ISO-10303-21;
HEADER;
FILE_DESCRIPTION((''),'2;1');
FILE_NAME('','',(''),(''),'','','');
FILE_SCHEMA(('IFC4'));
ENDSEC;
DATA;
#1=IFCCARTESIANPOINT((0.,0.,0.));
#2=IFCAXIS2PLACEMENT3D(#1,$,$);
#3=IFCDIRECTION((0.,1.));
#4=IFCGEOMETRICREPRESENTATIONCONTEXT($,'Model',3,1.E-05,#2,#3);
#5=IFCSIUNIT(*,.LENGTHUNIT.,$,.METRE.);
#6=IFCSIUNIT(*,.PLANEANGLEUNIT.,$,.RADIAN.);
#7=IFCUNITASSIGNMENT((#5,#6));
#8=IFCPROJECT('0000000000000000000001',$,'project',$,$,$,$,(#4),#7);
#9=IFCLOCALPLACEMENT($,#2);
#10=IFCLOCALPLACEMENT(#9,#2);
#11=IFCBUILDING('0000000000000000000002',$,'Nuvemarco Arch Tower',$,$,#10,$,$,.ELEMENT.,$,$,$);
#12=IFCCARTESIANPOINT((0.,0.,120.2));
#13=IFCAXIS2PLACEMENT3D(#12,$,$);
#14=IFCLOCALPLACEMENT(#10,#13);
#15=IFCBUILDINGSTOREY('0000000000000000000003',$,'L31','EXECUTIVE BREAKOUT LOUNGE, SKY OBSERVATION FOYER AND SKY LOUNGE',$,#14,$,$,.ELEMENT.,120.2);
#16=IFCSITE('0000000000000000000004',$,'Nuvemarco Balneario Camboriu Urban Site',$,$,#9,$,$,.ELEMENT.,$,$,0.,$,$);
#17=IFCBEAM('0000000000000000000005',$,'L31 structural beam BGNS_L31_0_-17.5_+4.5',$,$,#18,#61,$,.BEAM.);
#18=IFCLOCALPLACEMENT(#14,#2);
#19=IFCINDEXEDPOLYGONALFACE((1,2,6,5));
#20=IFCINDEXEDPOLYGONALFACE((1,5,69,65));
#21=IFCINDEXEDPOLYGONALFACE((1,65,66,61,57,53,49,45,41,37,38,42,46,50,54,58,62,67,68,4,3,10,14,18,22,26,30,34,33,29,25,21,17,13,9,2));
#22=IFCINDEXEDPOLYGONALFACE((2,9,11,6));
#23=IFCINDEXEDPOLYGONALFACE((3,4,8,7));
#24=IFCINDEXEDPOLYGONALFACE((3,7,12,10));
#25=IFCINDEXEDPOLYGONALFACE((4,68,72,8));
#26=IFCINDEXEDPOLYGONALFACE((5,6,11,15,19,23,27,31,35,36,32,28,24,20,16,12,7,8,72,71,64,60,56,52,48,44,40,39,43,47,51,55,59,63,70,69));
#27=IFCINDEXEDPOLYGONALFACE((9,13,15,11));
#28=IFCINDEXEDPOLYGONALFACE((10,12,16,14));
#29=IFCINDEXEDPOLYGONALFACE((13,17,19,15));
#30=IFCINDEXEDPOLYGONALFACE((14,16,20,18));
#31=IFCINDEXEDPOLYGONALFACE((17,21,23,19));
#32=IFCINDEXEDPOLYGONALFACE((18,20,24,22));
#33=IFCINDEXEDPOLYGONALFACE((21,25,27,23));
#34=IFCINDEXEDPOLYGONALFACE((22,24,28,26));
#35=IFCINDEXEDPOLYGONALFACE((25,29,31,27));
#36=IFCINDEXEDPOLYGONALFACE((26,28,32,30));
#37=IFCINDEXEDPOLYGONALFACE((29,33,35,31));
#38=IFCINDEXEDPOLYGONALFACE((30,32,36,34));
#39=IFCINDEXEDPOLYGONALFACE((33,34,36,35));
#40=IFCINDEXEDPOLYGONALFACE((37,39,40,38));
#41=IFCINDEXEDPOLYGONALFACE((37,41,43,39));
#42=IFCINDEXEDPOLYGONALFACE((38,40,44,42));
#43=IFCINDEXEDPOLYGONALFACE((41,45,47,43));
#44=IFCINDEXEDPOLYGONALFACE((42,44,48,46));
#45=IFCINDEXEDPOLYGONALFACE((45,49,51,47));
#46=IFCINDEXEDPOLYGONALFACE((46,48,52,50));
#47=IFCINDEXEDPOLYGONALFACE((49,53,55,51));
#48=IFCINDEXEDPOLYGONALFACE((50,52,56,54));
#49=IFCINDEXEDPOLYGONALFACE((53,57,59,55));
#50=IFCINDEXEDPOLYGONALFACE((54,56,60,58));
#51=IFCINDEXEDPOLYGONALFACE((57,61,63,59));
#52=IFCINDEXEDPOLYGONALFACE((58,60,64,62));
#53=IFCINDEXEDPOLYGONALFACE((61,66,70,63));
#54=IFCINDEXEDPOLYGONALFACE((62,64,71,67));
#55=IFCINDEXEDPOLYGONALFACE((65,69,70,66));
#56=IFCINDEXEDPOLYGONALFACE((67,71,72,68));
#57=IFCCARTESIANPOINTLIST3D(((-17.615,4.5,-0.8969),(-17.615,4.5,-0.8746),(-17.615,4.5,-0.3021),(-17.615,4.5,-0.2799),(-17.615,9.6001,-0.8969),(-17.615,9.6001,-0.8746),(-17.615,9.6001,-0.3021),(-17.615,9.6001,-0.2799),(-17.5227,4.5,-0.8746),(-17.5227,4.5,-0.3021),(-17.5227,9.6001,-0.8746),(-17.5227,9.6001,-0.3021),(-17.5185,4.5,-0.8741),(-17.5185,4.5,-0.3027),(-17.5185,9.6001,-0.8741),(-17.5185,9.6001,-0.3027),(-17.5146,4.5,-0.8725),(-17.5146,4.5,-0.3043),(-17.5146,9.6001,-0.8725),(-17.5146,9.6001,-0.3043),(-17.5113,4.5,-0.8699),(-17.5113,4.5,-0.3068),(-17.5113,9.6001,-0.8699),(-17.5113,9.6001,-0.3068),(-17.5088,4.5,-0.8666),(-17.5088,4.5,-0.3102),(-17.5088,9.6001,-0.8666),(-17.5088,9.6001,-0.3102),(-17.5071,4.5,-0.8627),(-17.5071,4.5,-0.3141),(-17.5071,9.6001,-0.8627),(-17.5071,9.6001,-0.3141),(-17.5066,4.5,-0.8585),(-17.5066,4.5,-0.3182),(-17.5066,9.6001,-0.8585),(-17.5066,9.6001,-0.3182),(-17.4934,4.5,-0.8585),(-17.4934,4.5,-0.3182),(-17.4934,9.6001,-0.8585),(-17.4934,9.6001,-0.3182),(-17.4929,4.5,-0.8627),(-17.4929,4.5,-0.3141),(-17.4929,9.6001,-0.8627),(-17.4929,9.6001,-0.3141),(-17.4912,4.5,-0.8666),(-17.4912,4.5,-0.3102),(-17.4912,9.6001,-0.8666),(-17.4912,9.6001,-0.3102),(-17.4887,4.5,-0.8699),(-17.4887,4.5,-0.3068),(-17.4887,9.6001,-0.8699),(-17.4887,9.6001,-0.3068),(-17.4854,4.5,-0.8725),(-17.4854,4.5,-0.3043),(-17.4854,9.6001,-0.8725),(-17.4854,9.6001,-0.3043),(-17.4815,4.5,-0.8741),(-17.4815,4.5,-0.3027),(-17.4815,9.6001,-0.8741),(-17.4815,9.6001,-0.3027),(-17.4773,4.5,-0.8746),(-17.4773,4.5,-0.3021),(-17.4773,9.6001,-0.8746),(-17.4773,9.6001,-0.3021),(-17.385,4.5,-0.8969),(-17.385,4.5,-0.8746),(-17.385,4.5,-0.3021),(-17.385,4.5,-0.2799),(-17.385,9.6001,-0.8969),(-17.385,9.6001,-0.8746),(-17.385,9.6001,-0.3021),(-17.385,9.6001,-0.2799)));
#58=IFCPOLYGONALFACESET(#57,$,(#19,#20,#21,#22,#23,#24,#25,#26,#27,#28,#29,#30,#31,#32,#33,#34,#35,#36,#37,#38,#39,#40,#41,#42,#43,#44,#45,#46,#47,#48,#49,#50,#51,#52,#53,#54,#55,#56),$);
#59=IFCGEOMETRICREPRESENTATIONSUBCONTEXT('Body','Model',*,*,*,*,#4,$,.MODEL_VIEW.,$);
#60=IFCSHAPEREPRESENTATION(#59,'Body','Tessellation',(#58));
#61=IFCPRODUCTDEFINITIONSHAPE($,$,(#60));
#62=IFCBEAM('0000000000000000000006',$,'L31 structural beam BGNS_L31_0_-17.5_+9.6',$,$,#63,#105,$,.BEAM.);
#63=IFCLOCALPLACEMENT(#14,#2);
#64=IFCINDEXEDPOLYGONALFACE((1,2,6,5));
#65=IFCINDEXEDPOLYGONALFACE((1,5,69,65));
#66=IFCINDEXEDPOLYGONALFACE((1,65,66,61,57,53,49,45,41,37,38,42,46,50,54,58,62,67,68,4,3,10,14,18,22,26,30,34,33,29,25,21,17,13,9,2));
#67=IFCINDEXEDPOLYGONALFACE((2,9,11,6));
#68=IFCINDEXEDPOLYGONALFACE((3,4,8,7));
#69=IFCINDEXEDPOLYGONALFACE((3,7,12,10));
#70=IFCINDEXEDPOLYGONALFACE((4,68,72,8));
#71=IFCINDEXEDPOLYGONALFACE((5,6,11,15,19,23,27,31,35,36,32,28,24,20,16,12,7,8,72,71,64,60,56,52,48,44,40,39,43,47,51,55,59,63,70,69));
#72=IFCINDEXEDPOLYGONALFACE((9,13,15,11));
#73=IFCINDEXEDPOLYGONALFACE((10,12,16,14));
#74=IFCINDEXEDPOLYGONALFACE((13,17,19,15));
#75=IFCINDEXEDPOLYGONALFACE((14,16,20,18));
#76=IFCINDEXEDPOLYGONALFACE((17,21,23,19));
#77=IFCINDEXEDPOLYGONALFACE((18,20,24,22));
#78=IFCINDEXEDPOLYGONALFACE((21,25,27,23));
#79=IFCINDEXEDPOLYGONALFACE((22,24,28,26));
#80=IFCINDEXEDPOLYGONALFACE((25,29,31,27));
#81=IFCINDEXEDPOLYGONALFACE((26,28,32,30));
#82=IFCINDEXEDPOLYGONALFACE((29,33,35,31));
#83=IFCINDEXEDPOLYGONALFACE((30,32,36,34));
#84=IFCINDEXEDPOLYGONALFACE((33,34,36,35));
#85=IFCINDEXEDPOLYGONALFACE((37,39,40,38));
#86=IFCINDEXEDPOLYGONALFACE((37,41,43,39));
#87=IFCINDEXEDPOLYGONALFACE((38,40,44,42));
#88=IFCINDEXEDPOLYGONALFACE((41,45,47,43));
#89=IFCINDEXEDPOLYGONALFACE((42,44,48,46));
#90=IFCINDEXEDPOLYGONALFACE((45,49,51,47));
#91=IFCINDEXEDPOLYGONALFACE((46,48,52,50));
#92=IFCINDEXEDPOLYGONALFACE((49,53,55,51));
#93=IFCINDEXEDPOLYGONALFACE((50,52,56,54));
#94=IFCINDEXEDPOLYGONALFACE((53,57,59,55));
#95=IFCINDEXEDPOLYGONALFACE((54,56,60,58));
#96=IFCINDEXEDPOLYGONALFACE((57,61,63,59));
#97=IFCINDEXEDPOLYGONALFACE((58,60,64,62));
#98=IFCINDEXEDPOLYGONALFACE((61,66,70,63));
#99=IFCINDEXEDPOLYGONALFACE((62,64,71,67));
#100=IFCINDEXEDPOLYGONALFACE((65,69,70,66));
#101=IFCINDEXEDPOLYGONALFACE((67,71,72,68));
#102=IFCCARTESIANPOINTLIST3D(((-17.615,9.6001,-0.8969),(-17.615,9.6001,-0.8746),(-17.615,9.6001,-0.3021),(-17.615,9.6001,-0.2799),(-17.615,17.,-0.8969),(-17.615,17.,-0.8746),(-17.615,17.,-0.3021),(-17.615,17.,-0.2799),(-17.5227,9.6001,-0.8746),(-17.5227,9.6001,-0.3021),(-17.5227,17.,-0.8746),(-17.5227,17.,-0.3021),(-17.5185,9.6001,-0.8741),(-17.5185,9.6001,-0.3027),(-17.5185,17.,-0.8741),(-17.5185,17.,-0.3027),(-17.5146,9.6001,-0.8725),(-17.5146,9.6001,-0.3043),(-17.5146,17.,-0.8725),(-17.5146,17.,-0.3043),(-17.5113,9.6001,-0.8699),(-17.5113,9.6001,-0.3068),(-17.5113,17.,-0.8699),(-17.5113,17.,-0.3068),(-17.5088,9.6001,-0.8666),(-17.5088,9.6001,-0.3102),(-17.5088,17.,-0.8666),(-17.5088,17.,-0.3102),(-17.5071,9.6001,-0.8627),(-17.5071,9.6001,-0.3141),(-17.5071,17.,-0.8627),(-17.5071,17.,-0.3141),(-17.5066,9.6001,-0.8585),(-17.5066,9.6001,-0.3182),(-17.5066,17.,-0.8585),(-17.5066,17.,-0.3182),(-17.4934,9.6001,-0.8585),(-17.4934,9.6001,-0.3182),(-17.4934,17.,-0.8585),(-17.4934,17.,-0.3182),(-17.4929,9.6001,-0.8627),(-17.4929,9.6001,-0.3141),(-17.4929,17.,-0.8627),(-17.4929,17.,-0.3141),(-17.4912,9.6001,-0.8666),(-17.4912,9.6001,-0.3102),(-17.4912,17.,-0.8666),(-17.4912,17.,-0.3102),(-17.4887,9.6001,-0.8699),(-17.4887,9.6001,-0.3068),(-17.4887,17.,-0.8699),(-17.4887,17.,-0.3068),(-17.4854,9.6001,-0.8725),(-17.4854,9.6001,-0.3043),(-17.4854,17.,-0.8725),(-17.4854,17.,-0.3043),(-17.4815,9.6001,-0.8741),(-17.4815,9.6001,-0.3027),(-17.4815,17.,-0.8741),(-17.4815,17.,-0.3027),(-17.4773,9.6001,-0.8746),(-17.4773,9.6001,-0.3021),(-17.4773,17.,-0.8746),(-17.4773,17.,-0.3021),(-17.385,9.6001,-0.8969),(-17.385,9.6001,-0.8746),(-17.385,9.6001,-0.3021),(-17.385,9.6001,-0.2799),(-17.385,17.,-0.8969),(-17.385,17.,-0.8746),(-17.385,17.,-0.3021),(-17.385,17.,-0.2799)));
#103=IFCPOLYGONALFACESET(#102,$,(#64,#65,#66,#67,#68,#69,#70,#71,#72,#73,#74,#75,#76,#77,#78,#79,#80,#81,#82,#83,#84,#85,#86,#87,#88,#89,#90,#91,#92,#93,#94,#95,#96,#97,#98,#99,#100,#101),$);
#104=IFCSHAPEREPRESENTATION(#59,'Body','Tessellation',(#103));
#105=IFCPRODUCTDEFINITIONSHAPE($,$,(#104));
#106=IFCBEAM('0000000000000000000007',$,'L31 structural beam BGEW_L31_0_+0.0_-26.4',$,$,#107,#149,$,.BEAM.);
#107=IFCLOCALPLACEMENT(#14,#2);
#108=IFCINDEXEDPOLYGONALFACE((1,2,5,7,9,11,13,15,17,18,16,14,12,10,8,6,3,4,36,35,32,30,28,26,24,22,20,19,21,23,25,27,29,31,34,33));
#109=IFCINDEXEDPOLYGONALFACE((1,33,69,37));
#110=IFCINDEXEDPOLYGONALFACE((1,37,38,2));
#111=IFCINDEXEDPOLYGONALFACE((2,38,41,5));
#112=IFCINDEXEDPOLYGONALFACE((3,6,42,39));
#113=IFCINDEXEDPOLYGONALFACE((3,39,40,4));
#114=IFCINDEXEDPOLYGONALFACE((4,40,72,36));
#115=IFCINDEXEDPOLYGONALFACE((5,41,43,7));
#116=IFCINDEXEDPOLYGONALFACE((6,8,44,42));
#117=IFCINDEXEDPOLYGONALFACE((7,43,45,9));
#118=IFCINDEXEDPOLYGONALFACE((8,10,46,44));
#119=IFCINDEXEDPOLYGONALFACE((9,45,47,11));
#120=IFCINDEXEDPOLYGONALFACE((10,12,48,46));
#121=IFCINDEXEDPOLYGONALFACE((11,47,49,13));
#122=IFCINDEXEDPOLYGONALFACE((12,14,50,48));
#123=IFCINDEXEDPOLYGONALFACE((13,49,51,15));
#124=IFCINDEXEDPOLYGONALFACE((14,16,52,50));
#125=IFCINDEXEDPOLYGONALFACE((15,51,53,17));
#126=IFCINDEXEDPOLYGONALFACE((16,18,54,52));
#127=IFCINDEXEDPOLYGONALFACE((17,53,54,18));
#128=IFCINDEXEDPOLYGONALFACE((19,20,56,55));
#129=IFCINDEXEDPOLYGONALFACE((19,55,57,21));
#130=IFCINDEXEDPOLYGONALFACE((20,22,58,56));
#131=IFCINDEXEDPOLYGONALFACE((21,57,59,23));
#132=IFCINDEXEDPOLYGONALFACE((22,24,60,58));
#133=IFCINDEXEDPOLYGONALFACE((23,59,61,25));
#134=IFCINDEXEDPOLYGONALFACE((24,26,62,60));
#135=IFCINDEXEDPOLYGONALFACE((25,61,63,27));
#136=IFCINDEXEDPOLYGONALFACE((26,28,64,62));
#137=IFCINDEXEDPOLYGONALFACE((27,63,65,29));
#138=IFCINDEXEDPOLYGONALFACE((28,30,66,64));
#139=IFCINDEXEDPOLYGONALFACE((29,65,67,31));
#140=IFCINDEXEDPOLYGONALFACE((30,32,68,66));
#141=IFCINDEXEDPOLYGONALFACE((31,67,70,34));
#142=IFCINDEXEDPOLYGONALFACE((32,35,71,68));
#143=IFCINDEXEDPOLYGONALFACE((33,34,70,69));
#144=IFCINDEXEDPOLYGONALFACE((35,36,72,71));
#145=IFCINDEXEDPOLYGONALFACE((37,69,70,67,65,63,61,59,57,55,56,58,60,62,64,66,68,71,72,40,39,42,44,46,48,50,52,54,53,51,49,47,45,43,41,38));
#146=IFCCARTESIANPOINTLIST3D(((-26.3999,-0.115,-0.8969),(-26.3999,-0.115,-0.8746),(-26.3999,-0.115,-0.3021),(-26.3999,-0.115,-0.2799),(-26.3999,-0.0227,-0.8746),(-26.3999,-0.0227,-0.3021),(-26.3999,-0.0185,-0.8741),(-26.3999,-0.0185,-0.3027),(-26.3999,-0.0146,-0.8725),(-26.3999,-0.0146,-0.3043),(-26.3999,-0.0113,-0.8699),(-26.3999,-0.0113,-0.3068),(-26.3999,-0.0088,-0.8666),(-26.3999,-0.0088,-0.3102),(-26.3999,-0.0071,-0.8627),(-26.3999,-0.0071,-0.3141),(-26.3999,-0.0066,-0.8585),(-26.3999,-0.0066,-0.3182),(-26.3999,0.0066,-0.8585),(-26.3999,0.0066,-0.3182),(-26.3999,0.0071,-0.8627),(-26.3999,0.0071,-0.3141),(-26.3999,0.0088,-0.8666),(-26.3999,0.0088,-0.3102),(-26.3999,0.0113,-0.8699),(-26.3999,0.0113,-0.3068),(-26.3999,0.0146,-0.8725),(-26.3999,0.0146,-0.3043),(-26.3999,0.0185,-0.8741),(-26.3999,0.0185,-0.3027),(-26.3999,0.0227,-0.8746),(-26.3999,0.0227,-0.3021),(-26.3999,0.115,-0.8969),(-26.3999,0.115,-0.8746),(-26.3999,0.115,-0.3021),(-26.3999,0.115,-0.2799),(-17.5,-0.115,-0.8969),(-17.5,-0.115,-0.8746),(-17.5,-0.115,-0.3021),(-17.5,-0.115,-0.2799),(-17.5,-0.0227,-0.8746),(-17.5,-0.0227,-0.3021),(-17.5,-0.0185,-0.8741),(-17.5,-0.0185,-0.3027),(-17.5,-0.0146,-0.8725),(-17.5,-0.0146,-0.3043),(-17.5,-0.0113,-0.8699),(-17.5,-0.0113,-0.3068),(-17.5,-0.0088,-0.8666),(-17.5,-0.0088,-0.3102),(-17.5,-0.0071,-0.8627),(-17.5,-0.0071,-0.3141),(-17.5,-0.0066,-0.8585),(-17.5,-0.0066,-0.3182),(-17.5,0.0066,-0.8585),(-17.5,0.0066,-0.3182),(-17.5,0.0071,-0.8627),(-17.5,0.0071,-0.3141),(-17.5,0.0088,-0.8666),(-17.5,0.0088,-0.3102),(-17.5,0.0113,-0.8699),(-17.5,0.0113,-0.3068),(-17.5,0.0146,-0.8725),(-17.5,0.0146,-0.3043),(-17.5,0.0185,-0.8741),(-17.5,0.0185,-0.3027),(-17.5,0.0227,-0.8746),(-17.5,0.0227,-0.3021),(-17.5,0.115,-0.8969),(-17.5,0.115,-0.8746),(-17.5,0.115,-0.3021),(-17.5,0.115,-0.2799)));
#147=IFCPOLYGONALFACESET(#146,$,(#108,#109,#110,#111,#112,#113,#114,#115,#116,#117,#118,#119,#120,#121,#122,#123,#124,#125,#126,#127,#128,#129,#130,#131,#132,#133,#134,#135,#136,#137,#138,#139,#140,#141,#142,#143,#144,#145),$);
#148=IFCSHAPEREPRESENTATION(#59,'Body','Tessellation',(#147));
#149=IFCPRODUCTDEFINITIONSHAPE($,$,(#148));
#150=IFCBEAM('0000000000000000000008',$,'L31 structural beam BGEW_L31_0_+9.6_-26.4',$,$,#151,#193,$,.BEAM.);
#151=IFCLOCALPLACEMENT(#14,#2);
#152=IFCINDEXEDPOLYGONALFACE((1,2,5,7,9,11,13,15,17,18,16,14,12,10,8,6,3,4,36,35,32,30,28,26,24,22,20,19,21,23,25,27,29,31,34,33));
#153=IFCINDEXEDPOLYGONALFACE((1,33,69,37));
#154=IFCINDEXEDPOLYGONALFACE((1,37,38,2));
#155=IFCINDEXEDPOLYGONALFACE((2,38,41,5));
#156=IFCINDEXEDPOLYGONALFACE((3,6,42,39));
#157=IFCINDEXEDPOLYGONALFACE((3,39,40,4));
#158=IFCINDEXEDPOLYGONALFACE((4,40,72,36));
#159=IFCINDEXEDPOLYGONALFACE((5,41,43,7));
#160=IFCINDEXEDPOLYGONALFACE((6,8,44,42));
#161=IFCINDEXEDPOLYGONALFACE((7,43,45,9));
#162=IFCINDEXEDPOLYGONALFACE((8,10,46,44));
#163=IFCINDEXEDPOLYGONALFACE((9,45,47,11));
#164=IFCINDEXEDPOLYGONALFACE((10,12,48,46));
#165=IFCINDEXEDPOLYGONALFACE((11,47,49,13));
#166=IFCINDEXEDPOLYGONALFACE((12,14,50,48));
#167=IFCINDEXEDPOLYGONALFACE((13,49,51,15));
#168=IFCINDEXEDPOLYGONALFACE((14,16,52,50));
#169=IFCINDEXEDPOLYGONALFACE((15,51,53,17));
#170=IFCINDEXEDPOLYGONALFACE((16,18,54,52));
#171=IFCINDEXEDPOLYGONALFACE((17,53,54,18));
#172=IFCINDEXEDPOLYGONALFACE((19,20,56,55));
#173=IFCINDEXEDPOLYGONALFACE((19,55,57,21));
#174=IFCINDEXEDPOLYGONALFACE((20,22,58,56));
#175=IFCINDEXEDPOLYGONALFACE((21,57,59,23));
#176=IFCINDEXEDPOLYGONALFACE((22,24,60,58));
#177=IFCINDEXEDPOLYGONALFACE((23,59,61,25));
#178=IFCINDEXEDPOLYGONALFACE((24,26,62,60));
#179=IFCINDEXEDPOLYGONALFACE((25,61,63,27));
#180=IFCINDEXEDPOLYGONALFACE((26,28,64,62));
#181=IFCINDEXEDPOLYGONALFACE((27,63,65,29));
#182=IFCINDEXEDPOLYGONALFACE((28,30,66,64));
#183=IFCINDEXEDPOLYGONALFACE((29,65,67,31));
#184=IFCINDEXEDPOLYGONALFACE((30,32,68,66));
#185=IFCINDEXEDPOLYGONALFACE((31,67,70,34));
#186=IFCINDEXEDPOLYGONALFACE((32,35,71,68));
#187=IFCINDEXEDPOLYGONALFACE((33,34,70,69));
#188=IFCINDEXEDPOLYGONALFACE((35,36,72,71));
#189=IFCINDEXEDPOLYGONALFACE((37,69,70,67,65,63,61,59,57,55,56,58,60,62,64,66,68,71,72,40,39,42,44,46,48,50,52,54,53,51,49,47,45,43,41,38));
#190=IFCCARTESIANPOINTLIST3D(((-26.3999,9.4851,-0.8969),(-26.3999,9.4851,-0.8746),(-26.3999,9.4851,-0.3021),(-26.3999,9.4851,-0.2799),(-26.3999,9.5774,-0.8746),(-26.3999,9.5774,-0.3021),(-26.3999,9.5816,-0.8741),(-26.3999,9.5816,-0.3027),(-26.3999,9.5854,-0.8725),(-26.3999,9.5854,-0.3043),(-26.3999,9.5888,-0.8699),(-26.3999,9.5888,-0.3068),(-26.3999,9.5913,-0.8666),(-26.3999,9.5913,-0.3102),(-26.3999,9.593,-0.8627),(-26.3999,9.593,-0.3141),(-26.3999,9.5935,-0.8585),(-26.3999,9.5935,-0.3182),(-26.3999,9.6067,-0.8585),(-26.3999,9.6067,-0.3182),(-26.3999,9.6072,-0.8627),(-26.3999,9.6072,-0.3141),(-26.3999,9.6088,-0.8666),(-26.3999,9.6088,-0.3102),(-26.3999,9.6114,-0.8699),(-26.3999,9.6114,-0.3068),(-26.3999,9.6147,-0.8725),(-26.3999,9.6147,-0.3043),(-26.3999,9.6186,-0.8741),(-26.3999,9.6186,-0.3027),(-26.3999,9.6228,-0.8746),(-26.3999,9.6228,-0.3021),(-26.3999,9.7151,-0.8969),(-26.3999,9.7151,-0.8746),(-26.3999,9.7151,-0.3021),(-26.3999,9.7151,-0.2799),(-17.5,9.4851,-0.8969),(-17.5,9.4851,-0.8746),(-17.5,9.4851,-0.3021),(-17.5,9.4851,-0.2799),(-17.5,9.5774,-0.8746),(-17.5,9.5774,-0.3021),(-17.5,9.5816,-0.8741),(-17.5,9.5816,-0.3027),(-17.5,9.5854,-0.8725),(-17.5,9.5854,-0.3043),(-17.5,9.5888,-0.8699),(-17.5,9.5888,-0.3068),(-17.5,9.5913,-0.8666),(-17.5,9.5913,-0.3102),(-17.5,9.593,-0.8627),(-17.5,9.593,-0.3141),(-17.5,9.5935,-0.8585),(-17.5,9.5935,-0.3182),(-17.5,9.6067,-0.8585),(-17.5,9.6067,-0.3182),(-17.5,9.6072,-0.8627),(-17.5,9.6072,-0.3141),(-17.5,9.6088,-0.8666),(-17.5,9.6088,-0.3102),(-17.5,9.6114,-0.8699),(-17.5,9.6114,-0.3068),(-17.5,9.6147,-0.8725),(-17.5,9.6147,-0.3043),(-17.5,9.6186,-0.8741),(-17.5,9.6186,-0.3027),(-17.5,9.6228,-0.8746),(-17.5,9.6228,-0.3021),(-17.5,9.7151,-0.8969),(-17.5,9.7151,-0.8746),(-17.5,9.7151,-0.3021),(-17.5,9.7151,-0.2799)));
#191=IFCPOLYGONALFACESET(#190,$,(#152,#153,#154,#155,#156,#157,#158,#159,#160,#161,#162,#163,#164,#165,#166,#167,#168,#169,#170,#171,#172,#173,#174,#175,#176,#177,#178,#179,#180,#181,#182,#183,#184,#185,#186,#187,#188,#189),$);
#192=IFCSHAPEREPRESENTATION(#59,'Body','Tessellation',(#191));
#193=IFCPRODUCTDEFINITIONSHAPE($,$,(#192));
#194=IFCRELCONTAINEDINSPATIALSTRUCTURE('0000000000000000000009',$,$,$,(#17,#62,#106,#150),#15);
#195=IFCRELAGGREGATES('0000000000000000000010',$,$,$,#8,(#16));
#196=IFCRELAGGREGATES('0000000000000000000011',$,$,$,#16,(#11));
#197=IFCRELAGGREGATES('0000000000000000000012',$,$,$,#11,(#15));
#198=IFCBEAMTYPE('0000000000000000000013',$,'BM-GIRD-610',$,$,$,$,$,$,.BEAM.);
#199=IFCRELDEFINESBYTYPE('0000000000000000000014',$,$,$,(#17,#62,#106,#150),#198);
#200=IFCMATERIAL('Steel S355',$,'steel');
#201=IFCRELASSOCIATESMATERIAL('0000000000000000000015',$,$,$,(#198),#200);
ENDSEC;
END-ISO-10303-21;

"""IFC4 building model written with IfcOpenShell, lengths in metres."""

from ifc_helpers import new_model, si_unit, direction, frame, origin, origin_2d, place, context, subcontext, project, spatial, i_section, extrude, material, material_profile, profile_set, type_object, element, save


model = new_model("IFC4")

# Units and contexts
model_context = context("Model", 3, precision=1e-05, world=origin(), true_north=direction((0.0, 1.0)))
body_context = subcontext(model_context, "Body", "Model", "MODEL_VIEW")
ifc_project = project(units=[si_unit("LENGTHUNIT", "METRE"), si_unit("PLANEANGLEUNIT", "RADIAN")], contexts=[model_context])

# Site, building, storey
site_placement = place(None, origin())
site = spatial("IfcSite", under=ifc_project, at=site_placement, Name="Nuvemarco Balneario Camboriu Urban Site", CompositionType="ELEMENT", RefElevation=0.0)
building_placement = place(site_placement, origin())
building = spatial("IfcBuilding", under=site, at=building_placement, Name="Nuvemarco Arch Tower", CompositionType="ELEMENT")
storey_placement = place(building_placement, frame((0.0, 0.0, 120.2)))
storey = spatial("IfcBuildingStorey", under=building, at=storey_placement, Name="L31", Description="EXECUTIVE BREAKOUT LOUNGE, SKY OBSERVATION FOYER AND SKY LOUNGE", CompositionType="ELEMENT", Elevation=120.2)

# Shared definitions
ifc_material_1 = material(Name="Steel S355", Category="steel")

# Beams
ifc_material_profile_1 = material_profile(ifc_material_1, i_section(OverallWidth=0.23, OverallDepth=0.6169, WebThickness=0.0132, FlangeThickness=0.0222, FilletRadius=0.0161, at=origin_2d()), Name="W610x140")
ifc_profile_set_1 = profile_set([ifc_material_profile_1], Name="Steel S355")
beam_type_1 = type_object("IfcBeamType", Name="BM-GIRD-610", PredefinedType="BEAM", material=ifc_profile_set_1)
beam_1_placement = place(storey_placement, frame((-17.5, 4.5, -0.5884), z_axis=(0.0, 1.0, 0.0), x_axis=(-1.0, 0.0, 0.0)))
element("IfcBeam", 1, at=beam_1_placement, inside=storey, type_object=beam_type_1, Name="L31 structural beam BGNS_L31_0_-17.5_+4.5", PredefinedType="BEAM", context=body_context, shape_type="SweptSolid", body=[
    extrude(i_section(OverallWidth=0.23, OverallDepth=0.6169, WebThickness=0.0132, FlangeThickness=0.0222, FilletRadius=0.0161, at=origin_2d()), origin(), (0.0, 0.0, 1.0), 5.1001),
])
beam_2_placement = place(storey_placement, frame((-17.5, 9.6001, -0.5884), z_axis=(0.0, 1.0, 0.0), x_axis=(-1.0, 0.0, 0.0)))
element("IfcBeam", 2, at=beam_2_placement, inside=storey, type_object=beam_type_1, Name="L31 structural beam BGNS_L31_0_-17.5_+9.6", PredefinedType="BEAM", context=body_context, shape_type="SweptSolid", body=[
    extrude(i_section(OverallWidth=0.23, OverallDepth=0.6169, WebThickness=0.0132, FlangeThickness=0.0222, FilletRadius=0.0161, at=origin_2d()), origin(), (0.0, 0.0, 1.0), 7.3999),
])
for number, where, z_axis, x_axis, name in (
    (3, (-26.3999, 0.0, -0.5884), (1.0, 0.0, 0.0), (0.0, 1.0, 0.0), "L31 structural beam BGEW_L31_0_+0.0_-26.4"),
    (4, (-26.3999, 9.6001, -0.5884), (1.0, 0.0, 0.0), (0.0, 1.0, 0.0), "L31 structural beam BGEW_L31_0_+9.6_-26.4"),
):
    element("IfcBeam", number, at=place(storey_placement, frame(where, z_axis=z_axis, x_axis=x_axis)), inside=storey, type_object=beam_type_1, Name=name, PredefinedType="BEAM", context=body_context, shape_type="SweptSolid", body=[
        extrude(i_section(OverallWidth=0.23, OverallDepth=0.6169, WebThickness=0.0132, FlangeThickness=0.0222, FilletRadius=0.0161, at=origin_2d()), origin(), (0.0, 0.0, 1.0), 8.8999),
    ])

save(model, "model.ifc")
